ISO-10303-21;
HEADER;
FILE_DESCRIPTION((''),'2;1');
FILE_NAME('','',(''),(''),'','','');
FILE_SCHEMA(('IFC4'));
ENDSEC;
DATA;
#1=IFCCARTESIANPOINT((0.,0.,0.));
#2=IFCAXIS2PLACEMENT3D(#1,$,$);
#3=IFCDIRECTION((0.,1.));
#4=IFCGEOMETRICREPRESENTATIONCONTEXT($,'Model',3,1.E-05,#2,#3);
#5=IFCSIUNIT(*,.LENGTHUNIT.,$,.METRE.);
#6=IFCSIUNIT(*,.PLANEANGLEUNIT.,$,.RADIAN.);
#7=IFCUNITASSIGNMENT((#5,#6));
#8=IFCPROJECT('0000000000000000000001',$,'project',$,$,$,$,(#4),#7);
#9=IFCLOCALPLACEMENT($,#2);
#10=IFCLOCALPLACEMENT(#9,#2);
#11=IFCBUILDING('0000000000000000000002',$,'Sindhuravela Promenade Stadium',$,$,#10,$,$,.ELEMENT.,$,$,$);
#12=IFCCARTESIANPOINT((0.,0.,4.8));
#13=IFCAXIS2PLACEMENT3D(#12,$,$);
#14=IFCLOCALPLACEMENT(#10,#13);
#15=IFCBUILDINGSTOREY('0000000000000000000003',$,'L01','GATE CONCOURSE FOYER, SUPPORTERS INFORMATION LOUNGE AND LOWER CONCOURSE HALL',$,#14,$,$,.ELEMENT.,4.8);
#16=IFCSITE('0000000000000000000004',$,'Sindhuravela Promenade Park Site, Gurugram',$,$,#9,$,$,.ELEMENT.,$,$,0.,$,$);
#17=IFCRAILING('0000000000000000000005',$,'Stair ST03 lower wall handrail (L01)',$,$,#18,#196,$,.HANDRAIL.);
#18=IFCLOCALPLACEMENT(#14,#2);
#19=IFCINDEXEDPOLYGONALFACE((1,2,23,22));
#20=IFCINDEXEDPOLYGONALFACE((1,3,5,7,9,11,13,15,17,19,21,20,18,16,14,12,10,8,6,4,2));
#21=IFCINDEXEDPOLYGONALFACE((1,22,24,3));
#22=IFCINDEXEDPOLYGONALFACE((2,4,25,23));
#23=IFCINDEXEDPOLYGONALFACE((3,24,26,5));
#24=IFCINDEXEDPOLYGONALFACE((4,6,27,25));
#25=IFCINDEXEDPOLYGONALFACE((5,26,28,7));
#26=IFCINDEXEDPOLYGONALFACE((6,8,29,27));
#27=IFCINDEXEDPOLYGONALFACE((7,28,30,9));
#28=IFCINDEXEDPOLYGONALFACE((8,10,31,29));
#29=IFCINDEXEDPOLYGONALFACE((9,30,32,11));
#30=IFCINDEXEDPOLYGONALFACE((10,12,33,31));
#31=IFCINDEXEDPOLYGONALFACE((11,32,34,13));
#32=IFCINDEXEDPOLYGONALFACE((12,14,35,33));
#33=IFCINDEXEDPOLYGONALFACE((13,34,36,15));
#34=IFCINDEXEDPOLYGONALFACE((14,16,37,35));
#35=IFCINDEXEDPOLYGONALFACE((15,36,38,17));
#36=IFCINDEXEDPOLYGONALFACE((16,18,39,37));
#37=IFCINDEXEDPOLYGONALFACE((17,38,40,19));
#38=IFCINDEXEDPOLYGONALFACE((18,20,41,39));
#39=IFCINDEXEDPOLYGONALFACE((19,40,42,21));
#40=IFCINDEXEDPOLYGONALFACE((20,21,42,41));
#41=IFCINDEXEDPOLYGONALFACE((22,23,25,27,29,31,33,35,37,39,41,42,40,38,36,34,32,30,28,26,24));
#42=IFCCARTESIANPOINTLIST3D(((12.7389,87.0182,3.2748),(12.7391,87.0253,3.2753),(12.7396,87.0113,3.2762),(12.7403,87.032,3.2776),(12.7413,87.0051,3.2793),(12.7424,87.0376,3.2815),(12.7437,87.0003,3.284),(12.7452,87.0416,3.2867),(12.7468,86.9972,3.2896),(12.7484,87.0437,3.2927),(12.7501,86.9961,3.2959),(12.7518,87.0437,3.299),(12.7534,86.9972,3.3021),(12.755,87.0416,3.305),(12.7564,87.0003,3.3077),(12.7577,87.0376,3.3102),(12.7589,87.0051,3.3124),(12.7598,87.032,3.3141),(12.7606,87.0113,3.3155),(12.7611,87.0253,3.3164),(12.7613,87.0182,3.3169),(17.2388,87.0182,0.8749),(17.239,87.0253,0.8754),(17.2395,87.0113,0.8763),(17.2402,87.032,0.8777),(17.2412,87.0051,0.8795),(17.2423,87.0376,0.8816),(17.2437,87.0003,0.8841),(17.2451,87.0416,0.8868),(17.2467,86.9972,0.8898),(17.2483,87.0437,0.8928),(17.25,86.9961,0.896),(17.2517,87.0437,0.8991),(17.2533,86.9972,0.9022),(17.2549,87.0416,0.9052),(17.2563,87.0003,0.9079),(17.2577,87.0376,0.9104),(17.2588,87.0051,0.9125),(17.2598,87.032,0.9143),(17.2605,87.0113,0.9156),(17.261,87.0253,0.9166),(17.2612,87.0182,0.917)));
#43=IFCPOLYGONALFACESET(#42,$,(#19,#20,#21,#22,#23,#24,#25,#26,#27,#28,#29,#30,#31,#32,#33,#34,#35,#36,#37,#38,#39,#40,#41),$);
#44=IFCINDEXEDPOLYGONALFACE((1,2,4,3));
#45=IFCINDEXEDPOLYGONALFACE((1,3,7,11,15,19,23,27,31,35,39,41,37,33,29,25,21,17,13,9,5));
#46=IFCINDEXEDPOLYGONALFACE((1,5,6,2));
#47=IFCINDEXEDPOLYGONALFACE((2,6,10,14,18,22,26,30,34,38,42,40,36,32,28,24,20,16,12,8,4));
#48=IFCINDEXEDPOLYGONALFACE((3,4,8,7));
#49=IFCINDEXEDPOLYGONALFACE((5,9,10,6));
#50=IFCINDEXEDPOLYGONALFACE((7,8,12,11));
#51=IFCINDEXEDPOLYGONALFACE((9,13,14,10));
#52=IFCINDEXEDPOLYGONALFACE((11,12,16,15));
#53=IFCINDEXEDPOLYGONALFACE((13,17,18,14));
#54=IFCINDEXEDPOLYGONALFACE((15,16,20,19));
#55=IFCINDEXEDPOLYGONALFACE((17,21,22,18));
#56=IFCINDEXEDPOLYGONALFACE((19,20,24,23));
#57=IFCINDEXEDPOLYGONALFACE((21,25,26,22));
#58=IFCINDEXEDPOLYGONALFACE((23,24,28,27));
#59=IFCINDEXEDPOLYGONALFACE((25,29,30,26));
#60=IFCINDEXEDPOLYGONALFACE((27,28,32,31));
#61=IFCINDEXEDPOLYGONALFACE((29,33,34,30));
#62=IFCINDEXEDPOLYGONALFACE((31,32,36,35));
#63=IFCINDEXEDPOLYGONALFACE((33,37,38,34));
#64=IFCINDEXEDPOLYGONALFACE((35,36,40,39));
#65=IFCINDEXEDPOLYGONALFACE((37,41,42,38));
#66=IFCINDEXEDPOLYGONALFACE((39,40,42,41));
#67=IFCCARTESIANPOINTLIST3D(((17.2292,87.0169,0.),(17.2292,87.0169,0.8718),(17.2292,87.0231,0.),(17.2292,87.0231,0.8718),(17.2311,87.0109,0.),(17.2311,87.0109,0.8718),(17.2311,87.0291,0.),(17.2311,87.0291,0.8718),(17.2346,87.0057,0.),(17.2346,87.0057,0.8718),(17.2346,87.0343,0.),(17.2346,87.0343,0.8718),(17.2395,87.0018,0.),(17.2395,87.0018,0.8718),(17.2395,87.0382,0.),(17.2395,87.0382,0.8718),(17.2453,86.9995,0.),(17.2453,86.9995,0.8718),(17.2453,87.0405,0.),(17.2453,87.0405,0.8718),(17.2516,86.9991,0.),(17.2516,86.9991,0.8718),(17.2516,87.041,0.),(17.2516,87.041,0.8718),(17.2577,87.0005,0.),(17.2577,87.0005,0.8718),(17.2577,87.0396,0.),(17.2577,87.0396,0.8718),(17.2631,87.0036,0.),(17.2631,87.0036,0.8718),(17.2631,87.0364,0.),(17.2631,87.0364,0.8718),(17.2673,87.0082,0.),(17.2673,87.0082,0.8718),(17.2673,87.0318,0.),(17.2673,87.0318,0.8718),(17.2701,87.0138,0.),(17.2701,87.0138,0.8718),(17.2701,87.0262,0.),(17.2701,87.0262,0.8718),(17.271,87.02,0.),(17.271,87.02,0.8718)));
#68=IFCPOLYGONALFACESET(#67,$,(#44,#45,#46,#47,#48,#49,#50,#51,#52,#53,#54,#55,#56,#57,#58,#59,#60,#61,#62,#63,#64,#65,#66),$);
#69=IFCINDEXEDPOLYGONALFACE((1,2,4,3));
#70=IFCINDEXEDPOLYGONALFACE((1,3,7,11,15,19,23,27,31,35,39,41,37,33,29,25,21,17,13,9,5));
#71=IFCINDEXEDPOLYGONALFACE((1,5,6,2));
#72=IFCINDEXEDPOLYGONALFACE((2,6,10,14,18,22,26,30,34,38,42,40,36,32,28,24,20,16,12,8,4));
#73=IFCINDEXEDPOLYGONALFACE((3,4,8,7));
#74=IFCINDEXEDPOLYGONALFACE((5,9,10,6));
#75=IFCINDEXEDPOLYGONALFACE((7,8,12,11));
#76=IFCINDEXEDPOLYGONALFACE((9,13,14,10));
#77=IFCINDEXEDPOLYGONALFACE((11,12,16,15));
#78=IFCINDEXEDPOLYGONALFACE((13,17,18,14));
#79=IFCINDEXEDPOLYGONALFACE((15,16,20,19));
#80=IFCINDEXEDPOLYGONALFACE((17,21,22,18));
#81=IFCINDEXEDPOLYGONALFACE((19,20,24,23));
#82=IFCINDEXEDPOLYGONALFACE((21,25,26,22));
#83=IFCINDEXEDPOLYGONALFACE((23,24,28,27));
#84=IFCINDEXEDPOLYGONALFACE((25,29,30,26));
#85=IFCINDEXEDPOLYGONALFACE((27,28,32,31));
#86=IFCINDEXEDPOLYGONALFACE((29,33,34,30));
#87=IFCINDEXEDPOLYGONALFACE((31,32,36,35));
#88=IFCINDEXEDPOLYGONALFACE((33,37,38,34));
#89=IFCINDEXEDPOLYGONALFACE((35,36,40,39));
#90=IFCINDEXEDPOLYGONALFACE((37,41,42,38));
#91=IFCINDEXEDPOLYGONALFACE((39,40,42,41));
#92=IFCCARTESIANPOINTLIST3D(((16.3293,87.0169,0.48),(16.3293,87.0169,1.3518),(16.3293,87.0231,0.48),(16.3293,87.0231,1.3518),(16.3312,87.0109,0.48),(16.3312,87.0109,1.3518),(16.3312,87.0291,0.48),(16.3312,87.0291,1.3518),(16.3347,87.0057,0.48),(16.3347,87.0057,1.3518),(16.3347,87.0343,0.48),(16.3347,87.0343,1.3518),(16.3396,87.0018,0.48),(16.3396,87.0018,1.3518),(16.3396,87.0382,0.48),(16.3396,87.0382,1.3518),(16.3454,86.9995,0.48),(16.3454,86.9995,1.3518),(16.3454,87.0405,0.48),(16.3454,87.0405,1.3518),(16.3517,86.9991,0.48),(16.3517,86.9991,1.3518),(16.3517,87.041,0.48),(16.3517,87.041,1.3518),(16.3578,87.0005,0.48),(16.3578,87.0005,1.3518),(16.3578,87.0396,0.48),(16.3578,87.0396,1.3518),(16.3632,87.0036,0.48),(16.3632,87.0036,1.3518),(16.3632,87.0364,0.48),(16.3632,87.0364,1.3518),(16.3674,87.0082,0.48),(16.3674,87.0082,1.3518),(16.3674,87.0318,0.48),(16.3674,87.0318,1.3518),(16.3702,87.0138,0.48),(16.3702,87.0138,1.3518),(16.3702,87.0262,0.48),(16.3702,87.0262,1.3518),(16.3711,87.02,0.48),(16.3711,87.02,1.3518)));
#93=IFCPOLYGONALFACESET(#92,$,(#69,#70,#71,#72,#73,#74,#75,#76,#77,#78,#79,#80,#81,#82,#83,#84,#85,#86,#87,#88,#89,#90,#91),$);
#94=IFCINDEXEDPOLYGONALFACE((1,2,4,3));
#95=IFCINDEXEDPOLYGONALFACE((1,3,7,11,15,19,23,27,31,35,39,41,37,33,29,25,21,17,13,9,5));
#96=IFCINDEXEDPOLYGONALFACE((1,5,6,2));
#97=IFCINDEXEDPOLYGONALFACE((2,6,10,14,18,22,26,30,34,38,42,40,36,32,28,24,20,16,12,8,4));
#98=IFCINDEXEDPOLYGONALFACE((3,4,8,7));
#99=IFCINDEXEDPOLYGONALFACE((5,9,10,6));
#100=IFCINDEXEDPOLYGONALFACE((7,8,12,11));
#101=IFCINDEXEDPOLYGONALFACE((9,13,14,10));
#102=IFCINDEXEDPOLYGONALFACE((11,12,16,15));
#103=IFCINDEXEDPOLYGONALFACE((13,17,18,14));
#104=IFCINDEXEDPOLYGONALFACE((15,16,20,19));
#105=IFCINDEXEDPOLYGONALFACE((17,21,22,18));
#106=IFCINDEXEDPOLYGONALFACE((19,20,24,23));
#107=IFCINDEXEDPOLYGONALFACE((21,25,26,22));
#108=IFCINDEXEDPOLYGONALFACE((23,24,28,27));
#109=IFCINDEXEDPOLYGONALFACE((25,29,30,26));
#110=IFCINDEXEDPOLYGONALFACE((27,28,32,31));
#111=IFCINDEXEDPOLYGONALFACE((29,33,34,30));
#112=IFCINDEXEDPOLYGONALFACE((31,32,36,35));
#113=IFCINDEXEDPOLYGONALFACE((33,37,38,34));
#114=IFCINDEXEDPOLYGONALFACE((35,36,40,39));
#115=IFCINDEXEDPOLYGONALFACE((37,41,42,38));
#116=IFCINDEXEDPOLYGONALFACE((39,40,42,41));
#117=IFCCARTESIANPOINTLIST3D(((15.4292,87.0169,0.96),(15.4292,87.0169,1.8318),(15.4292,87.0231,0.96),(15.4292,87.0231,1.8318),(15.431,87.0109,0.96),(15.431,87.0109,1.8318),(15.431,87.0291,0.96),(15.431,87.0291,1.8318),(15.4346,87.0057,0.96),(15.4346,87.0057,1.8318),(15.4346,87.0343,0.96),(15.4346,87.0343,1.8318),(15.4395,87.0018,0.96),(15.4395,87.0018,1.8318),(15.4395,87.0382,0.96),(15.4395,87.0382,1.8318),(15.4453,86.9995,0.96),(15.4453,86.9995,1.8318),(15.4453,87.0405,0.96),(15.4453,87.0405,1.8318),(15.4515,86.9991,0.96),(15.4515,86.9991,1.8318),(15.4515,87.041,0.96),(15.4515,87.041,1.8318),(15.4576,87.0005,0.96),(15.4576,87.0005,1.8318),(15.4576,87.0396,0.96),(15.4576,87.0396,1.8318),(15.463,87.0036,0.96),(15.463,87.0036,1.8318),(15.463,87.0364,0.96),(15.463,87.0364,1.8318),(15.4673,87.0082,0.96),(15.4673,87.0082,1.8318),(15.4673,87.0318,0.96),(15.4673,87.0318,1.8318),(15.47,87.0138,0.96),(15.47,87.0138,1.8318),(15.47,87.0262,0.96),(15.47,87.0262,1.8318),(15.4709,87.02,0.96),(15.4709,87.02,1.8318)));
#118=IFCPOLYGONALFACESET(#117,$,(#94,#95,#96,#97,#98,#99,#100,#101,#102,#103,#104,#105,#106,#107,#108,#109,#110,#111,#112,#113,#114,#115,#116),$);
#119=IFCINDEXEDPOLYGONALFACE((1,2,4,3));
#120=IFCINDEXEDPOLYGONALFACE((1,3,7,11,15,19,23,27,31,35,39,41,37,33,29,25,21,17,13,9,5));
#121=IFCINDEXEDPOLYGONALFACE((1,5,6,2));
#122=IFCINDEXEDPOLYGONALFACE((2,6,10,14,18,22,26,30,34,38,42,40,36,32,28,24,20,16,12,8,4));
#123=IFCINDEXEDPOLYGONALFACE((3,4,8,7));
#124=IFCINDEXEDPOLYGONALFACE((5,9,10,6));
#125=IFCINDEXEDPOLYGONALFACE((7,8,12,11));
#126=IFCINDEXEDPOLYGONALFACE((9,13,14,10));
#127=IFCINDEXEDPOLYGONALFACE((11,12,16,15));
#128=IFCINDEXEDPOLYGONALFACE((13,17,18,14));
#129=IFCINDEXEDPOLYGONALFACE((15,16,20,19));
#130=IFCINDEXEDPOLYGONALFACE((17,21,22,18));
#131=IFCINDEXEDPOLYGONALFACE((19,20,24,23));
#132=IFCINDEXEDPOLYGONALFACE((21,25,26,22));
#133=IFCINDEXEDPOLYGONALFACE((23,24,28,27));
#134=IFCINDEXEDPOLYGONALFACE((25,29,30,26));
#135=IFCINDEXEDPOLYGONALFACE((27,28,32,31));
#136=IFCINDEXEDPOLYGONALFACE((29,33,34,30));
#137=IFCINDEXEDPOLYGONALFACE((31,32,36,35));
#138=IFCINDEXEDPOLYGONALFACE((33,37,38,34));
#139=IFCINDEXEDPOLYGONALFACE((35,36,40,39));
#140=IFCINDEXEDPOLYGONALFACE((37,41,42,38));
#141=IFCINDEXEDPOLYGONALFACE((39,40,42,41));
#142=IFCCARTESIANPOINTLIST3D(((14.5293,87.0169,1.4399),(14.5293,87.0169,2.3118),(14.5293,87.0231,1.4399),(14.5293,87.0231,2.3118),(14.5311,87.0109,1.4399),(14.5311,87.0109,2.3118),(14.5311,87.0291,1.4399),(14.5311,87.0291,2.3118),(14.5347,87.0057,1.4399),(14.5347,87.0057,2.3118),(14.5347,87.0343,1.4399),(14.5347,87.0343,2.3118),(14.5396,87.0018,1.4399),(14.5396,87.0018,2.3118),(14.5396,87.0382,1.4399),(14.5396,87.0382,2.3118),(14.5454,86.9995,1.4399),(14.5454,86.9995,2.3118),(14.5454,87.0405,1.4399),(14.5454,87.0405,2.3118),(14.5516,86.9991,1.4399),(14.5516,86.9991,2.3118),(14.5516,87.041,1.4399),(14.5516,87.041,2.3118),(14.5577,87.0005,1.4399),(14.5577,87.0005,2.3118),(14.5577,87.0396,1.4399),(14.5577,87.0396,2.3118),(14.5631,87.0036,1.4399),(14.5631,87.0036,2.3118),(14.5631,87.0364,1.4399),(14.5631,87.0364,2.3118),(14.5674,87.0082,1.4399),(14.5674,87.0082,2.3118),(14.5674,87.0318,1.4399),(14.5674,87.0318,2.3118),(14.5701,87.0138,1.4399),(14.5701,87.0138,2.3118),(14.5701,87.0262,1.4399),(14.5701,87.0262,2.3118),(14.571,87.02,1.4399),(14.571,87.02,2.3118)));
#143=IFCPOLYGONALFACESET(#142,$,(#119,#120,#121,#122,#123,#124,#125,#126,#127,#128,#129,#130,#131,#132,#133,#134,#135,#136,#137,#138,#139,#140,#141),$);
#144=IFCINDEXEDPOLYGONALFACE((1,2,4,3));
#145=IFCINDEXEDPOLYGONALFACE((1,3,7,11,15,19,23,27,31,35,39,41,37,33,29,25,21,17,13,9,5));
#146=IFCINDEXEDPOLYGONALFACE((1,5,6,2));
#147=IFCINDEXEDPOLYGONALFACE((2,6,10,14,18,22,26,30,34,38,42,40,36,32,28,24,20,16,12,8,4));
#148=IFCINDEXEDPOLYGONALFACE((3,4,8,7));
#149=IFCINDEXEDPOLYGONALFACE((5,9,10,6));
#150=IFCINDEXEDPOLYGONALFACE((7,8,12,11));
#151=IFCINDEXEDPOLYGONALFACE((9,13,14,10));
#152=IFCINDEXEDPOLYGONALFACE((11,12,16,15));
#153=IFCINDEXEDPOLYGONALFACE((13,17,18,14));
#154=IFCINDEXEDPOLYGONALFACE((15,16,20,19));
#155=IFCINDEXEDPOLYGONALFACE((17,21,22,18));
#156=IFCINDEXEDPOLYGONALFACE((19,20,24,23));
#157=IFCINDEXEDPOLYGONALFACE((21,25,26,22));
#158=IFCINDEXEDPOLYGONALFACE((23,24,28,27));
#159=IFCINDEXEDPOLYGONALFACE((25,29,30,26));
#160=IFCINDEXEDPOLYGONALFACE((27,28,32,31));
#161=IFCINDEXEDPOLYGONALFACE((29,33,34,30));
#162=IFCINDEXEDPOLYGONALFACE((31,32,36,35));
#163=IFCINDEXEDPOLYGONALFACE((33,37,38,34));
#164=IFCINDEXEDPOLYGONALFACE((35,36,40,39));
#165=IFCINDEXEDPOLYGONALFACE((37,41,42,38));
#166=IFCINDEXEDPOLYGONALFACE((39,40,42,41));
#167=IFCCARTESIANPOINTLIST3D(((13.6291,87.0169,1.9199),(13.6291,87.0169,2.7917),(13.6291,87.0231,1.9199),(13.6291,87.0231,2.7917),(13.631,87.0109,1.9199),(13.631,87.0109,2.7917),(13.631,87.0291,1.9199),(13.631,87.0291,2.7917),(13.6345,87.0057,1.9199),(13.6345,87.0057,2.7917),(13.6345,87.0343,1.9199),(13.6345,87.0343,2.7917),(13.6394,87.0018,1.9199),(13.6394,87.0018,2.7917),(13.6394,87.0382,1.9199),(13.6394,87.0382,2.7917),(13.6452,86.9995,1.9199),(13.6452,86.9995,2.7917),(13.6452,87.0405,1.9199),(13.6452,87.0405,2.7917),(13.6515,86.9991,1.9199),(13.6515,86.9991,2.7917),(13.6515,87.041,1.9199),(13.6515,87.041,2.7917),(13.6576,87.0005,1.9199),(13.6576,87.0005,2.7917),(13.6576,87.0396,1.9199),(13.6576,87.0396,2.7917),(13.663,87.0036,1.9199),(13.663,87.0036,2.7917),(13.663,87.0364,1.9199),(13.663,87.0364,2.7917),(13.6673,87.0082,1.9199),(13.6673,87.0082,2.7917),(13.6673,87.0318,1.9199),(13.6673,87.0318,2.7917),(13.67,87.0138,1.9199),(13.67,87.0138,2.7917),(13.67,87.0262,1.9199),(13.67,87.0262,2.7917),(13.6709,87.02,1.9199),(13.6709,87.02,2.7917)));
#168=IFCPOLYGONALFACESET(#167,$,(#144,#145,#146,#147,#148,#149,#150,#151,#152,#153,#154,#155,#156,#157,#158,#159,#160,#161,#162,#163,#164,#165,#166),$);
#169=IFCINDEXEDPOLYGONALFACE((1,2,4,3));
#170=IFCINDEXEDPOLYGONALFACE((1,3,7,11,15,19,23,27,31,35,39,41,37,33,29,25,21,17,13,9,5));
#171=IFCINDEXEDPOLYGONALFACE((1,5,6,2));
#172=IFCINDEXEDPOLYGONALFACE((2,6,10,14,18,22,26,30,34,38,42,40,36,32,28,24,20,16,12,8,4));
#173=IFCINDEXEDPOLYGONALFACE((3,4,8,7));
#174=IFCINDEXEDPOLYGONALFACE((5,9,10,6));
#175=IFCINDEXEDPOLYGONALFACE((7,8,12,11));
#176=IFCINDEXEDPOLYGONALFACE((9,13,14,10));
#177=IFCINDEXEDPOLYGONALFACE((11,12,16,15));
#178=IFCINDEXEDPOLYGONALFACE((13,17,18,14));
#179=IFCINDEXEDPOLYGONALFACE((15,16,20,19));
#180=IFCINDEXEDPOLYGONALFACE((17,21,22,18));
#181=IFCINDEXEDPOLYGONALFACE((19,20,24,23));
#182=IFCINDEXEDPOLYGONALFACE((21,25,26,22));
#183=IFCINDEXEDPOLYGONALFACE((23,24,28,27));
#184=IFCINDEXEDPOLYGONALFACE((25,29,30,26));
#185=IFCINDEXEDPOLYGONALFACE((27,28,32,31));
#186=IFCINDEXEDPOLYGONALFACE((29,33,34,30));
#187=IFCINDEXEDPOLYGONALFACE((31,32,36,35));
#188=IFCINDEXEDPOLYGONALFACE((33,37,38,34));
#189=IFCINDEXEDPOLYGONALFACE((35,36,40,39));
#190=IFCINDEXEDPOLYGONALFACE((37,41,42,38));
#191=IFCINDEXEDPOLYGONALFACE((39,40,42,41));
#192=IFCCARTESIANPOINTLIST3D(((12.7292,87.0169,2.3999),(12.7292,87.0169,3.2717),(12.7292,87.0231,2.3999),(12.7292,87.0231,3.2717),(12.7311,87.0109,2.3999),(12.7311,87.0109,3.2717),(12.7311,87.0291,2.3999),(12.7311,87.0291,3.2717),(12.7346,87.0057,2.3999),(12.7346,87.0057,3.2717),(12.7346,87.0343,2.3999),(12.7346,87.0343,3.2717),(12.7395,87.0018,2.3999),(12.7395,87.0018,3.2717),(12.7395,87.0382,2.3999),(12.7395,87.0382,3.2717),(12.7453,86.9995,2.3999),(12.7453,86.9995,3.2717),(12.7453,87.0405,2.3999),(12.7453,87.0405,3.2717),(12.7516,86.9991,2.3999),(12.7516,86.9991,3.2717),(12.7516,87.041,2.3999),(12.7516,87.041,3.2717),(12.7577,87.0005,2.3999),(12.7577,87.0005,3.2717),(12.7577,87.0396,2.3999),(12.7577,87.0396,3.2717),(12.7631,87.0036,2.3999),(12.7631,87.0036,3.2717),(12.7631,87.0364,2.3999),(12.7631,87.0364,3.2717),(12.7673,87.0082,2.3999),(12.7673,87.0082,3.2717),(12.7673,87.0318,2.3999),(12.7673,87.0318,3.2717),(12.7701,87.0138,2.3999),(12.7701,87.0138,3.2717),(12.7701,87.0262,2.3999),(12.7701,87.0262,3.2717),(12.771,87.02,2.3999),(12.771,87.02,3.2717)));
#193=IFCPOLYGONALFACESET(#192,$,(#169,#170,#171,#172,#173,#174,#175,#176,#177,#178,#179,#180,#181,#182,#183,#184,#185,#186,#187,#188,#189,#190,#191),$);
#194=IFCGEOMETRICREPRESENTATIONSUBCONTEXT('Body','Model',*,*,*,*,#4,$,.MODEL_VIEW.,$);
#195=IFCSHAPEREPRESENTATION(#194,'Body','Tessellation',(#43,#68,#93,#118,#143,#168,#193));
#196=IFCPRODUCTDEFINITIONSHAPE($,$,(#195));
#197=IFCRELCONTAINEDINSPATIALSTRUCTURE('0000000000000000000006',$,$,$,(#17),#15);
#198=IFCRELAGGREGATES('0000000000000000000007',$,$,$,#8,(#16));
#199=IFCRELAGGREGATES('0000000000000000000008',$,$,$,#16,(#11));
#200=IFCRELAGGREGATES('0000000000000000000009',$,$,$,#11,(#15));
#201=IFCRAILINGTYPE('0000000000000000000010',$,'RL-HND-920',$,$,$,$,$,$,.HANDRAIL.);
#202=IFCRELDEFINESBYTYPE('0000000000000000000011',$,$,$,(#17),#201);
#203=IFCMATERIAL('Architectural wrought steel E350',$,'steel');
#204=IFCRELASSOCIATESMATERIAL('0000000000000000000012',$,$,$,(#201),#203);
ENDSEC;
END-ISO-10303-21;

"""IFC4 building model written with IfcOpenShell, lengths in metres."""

from ifc_helpers import new_model, si_unit, direction, frame, origin, origin_2d, place, context, subcontext, project, spatial, circle, extrude, material, type_object, element, save


model = new_model("IFC4")

# Units and contexts
model_context = context("Model", 3, precision=1e-05, world=origin(), true_north=direction((0.0, 1.0)))
body_context = subcontext(model_context, "Body", "Model", "MODEL_VIEW")
ifc_project = project(units=[si_unit("LENGTHUNIT", "METRE"), si_unit("PLANEANGLEUNIT", "RADIAN")], contexts=[model_context])

# Site, building, storey
site_placement = place(None, origin())
site = spatial("IfcSite", under=ifc_project, at=site_placement, Name="Sindhuravela Promenade Park Site, Gurugram", CompositionType="ELEMENT", RefElevation=0.0)
building_placement = place(site_placement, origin())
building = spatial("IfcBuilding", under=site, at=building_placement, Name="Sindhuravela Promenade Stadium", CompositionType="ELEMENT")
storey_placement = place(building_placement, frame((0.0, 0.0, 4.8)))
storey = spatial("IfcBuildingStorey", under=building, at=storey_placement, Name="L01", Description="GATE CONCOURSE FOYER, SUPPORTERS INFORMATION LOUNGE AND LOWER CONCOURSE HALL", CompositionType="ELEMENT", Elevation=4.8)

# Shared definitions
ifc_material_1 = material(Name="Architectural wrought steel E350", Category="steel")

# Railing
railing_type_1 = type_object("IfcRailingType", Name="RL-HND-920", PredefinedType="HANDRAIL", material=ifc_material_1)
railing_1_placement = place(storey_placement, frame((17.25, 87.02, 0.0)))
element("IfcRailing", 1, at=railing_1_placement, inside=storey, type_object=railing_type_1, Name="Stair ST03 lower wall handrail (L01)", PredefinedType="HANDRAIL", context=body_context, shape_type="SweptSolid", body=[
    extrude(circle(Radius=0.0239, at=origin_2d()), frame((0.0, 0.0, 0.896), z_axis=(-0.882361, 0.0, 0.470573), x_axis=(0.0, -1.0, 0.0)), (0.0, 0.0, 1.0), 5.0999),
    extrude(circle(Radius=0.021, at=origin_2d()), origin(), (0.0, 0.0, 1.0), 0.8718),
    extrude(circle(Radius=0.021, at=origin_2d()), frame((-0.8999, 0.0, 0.48)), (0.0, 0.0, 1.0), 0.8718),
    extrude(circle(Radius=0.021, at=origin_2d()), frame((-1.8, 0.0, 0.96)), (0.0, 0.0, 1.0), 0.8718),
    extrude(circle(Radius=0.021, at=origin_2d()), frame((-2.7, 0.0, 1.4399)), (0.0, 0.0, 1.0), 0.8718),
    extrude(circle(Radius=0.021, at=origin_2d()), frame((-3.6001, 0.0, 1.9199)), (0.0, 0.0, 1.0), 0.8718),
    extrude(circle(Radius=0.021, at=origin_2d()), frame((-4.5, 0.0, 2.3999)), (0.0, 0.0, 1.0), 0.8718),
])

save(model, "model.ifc")
